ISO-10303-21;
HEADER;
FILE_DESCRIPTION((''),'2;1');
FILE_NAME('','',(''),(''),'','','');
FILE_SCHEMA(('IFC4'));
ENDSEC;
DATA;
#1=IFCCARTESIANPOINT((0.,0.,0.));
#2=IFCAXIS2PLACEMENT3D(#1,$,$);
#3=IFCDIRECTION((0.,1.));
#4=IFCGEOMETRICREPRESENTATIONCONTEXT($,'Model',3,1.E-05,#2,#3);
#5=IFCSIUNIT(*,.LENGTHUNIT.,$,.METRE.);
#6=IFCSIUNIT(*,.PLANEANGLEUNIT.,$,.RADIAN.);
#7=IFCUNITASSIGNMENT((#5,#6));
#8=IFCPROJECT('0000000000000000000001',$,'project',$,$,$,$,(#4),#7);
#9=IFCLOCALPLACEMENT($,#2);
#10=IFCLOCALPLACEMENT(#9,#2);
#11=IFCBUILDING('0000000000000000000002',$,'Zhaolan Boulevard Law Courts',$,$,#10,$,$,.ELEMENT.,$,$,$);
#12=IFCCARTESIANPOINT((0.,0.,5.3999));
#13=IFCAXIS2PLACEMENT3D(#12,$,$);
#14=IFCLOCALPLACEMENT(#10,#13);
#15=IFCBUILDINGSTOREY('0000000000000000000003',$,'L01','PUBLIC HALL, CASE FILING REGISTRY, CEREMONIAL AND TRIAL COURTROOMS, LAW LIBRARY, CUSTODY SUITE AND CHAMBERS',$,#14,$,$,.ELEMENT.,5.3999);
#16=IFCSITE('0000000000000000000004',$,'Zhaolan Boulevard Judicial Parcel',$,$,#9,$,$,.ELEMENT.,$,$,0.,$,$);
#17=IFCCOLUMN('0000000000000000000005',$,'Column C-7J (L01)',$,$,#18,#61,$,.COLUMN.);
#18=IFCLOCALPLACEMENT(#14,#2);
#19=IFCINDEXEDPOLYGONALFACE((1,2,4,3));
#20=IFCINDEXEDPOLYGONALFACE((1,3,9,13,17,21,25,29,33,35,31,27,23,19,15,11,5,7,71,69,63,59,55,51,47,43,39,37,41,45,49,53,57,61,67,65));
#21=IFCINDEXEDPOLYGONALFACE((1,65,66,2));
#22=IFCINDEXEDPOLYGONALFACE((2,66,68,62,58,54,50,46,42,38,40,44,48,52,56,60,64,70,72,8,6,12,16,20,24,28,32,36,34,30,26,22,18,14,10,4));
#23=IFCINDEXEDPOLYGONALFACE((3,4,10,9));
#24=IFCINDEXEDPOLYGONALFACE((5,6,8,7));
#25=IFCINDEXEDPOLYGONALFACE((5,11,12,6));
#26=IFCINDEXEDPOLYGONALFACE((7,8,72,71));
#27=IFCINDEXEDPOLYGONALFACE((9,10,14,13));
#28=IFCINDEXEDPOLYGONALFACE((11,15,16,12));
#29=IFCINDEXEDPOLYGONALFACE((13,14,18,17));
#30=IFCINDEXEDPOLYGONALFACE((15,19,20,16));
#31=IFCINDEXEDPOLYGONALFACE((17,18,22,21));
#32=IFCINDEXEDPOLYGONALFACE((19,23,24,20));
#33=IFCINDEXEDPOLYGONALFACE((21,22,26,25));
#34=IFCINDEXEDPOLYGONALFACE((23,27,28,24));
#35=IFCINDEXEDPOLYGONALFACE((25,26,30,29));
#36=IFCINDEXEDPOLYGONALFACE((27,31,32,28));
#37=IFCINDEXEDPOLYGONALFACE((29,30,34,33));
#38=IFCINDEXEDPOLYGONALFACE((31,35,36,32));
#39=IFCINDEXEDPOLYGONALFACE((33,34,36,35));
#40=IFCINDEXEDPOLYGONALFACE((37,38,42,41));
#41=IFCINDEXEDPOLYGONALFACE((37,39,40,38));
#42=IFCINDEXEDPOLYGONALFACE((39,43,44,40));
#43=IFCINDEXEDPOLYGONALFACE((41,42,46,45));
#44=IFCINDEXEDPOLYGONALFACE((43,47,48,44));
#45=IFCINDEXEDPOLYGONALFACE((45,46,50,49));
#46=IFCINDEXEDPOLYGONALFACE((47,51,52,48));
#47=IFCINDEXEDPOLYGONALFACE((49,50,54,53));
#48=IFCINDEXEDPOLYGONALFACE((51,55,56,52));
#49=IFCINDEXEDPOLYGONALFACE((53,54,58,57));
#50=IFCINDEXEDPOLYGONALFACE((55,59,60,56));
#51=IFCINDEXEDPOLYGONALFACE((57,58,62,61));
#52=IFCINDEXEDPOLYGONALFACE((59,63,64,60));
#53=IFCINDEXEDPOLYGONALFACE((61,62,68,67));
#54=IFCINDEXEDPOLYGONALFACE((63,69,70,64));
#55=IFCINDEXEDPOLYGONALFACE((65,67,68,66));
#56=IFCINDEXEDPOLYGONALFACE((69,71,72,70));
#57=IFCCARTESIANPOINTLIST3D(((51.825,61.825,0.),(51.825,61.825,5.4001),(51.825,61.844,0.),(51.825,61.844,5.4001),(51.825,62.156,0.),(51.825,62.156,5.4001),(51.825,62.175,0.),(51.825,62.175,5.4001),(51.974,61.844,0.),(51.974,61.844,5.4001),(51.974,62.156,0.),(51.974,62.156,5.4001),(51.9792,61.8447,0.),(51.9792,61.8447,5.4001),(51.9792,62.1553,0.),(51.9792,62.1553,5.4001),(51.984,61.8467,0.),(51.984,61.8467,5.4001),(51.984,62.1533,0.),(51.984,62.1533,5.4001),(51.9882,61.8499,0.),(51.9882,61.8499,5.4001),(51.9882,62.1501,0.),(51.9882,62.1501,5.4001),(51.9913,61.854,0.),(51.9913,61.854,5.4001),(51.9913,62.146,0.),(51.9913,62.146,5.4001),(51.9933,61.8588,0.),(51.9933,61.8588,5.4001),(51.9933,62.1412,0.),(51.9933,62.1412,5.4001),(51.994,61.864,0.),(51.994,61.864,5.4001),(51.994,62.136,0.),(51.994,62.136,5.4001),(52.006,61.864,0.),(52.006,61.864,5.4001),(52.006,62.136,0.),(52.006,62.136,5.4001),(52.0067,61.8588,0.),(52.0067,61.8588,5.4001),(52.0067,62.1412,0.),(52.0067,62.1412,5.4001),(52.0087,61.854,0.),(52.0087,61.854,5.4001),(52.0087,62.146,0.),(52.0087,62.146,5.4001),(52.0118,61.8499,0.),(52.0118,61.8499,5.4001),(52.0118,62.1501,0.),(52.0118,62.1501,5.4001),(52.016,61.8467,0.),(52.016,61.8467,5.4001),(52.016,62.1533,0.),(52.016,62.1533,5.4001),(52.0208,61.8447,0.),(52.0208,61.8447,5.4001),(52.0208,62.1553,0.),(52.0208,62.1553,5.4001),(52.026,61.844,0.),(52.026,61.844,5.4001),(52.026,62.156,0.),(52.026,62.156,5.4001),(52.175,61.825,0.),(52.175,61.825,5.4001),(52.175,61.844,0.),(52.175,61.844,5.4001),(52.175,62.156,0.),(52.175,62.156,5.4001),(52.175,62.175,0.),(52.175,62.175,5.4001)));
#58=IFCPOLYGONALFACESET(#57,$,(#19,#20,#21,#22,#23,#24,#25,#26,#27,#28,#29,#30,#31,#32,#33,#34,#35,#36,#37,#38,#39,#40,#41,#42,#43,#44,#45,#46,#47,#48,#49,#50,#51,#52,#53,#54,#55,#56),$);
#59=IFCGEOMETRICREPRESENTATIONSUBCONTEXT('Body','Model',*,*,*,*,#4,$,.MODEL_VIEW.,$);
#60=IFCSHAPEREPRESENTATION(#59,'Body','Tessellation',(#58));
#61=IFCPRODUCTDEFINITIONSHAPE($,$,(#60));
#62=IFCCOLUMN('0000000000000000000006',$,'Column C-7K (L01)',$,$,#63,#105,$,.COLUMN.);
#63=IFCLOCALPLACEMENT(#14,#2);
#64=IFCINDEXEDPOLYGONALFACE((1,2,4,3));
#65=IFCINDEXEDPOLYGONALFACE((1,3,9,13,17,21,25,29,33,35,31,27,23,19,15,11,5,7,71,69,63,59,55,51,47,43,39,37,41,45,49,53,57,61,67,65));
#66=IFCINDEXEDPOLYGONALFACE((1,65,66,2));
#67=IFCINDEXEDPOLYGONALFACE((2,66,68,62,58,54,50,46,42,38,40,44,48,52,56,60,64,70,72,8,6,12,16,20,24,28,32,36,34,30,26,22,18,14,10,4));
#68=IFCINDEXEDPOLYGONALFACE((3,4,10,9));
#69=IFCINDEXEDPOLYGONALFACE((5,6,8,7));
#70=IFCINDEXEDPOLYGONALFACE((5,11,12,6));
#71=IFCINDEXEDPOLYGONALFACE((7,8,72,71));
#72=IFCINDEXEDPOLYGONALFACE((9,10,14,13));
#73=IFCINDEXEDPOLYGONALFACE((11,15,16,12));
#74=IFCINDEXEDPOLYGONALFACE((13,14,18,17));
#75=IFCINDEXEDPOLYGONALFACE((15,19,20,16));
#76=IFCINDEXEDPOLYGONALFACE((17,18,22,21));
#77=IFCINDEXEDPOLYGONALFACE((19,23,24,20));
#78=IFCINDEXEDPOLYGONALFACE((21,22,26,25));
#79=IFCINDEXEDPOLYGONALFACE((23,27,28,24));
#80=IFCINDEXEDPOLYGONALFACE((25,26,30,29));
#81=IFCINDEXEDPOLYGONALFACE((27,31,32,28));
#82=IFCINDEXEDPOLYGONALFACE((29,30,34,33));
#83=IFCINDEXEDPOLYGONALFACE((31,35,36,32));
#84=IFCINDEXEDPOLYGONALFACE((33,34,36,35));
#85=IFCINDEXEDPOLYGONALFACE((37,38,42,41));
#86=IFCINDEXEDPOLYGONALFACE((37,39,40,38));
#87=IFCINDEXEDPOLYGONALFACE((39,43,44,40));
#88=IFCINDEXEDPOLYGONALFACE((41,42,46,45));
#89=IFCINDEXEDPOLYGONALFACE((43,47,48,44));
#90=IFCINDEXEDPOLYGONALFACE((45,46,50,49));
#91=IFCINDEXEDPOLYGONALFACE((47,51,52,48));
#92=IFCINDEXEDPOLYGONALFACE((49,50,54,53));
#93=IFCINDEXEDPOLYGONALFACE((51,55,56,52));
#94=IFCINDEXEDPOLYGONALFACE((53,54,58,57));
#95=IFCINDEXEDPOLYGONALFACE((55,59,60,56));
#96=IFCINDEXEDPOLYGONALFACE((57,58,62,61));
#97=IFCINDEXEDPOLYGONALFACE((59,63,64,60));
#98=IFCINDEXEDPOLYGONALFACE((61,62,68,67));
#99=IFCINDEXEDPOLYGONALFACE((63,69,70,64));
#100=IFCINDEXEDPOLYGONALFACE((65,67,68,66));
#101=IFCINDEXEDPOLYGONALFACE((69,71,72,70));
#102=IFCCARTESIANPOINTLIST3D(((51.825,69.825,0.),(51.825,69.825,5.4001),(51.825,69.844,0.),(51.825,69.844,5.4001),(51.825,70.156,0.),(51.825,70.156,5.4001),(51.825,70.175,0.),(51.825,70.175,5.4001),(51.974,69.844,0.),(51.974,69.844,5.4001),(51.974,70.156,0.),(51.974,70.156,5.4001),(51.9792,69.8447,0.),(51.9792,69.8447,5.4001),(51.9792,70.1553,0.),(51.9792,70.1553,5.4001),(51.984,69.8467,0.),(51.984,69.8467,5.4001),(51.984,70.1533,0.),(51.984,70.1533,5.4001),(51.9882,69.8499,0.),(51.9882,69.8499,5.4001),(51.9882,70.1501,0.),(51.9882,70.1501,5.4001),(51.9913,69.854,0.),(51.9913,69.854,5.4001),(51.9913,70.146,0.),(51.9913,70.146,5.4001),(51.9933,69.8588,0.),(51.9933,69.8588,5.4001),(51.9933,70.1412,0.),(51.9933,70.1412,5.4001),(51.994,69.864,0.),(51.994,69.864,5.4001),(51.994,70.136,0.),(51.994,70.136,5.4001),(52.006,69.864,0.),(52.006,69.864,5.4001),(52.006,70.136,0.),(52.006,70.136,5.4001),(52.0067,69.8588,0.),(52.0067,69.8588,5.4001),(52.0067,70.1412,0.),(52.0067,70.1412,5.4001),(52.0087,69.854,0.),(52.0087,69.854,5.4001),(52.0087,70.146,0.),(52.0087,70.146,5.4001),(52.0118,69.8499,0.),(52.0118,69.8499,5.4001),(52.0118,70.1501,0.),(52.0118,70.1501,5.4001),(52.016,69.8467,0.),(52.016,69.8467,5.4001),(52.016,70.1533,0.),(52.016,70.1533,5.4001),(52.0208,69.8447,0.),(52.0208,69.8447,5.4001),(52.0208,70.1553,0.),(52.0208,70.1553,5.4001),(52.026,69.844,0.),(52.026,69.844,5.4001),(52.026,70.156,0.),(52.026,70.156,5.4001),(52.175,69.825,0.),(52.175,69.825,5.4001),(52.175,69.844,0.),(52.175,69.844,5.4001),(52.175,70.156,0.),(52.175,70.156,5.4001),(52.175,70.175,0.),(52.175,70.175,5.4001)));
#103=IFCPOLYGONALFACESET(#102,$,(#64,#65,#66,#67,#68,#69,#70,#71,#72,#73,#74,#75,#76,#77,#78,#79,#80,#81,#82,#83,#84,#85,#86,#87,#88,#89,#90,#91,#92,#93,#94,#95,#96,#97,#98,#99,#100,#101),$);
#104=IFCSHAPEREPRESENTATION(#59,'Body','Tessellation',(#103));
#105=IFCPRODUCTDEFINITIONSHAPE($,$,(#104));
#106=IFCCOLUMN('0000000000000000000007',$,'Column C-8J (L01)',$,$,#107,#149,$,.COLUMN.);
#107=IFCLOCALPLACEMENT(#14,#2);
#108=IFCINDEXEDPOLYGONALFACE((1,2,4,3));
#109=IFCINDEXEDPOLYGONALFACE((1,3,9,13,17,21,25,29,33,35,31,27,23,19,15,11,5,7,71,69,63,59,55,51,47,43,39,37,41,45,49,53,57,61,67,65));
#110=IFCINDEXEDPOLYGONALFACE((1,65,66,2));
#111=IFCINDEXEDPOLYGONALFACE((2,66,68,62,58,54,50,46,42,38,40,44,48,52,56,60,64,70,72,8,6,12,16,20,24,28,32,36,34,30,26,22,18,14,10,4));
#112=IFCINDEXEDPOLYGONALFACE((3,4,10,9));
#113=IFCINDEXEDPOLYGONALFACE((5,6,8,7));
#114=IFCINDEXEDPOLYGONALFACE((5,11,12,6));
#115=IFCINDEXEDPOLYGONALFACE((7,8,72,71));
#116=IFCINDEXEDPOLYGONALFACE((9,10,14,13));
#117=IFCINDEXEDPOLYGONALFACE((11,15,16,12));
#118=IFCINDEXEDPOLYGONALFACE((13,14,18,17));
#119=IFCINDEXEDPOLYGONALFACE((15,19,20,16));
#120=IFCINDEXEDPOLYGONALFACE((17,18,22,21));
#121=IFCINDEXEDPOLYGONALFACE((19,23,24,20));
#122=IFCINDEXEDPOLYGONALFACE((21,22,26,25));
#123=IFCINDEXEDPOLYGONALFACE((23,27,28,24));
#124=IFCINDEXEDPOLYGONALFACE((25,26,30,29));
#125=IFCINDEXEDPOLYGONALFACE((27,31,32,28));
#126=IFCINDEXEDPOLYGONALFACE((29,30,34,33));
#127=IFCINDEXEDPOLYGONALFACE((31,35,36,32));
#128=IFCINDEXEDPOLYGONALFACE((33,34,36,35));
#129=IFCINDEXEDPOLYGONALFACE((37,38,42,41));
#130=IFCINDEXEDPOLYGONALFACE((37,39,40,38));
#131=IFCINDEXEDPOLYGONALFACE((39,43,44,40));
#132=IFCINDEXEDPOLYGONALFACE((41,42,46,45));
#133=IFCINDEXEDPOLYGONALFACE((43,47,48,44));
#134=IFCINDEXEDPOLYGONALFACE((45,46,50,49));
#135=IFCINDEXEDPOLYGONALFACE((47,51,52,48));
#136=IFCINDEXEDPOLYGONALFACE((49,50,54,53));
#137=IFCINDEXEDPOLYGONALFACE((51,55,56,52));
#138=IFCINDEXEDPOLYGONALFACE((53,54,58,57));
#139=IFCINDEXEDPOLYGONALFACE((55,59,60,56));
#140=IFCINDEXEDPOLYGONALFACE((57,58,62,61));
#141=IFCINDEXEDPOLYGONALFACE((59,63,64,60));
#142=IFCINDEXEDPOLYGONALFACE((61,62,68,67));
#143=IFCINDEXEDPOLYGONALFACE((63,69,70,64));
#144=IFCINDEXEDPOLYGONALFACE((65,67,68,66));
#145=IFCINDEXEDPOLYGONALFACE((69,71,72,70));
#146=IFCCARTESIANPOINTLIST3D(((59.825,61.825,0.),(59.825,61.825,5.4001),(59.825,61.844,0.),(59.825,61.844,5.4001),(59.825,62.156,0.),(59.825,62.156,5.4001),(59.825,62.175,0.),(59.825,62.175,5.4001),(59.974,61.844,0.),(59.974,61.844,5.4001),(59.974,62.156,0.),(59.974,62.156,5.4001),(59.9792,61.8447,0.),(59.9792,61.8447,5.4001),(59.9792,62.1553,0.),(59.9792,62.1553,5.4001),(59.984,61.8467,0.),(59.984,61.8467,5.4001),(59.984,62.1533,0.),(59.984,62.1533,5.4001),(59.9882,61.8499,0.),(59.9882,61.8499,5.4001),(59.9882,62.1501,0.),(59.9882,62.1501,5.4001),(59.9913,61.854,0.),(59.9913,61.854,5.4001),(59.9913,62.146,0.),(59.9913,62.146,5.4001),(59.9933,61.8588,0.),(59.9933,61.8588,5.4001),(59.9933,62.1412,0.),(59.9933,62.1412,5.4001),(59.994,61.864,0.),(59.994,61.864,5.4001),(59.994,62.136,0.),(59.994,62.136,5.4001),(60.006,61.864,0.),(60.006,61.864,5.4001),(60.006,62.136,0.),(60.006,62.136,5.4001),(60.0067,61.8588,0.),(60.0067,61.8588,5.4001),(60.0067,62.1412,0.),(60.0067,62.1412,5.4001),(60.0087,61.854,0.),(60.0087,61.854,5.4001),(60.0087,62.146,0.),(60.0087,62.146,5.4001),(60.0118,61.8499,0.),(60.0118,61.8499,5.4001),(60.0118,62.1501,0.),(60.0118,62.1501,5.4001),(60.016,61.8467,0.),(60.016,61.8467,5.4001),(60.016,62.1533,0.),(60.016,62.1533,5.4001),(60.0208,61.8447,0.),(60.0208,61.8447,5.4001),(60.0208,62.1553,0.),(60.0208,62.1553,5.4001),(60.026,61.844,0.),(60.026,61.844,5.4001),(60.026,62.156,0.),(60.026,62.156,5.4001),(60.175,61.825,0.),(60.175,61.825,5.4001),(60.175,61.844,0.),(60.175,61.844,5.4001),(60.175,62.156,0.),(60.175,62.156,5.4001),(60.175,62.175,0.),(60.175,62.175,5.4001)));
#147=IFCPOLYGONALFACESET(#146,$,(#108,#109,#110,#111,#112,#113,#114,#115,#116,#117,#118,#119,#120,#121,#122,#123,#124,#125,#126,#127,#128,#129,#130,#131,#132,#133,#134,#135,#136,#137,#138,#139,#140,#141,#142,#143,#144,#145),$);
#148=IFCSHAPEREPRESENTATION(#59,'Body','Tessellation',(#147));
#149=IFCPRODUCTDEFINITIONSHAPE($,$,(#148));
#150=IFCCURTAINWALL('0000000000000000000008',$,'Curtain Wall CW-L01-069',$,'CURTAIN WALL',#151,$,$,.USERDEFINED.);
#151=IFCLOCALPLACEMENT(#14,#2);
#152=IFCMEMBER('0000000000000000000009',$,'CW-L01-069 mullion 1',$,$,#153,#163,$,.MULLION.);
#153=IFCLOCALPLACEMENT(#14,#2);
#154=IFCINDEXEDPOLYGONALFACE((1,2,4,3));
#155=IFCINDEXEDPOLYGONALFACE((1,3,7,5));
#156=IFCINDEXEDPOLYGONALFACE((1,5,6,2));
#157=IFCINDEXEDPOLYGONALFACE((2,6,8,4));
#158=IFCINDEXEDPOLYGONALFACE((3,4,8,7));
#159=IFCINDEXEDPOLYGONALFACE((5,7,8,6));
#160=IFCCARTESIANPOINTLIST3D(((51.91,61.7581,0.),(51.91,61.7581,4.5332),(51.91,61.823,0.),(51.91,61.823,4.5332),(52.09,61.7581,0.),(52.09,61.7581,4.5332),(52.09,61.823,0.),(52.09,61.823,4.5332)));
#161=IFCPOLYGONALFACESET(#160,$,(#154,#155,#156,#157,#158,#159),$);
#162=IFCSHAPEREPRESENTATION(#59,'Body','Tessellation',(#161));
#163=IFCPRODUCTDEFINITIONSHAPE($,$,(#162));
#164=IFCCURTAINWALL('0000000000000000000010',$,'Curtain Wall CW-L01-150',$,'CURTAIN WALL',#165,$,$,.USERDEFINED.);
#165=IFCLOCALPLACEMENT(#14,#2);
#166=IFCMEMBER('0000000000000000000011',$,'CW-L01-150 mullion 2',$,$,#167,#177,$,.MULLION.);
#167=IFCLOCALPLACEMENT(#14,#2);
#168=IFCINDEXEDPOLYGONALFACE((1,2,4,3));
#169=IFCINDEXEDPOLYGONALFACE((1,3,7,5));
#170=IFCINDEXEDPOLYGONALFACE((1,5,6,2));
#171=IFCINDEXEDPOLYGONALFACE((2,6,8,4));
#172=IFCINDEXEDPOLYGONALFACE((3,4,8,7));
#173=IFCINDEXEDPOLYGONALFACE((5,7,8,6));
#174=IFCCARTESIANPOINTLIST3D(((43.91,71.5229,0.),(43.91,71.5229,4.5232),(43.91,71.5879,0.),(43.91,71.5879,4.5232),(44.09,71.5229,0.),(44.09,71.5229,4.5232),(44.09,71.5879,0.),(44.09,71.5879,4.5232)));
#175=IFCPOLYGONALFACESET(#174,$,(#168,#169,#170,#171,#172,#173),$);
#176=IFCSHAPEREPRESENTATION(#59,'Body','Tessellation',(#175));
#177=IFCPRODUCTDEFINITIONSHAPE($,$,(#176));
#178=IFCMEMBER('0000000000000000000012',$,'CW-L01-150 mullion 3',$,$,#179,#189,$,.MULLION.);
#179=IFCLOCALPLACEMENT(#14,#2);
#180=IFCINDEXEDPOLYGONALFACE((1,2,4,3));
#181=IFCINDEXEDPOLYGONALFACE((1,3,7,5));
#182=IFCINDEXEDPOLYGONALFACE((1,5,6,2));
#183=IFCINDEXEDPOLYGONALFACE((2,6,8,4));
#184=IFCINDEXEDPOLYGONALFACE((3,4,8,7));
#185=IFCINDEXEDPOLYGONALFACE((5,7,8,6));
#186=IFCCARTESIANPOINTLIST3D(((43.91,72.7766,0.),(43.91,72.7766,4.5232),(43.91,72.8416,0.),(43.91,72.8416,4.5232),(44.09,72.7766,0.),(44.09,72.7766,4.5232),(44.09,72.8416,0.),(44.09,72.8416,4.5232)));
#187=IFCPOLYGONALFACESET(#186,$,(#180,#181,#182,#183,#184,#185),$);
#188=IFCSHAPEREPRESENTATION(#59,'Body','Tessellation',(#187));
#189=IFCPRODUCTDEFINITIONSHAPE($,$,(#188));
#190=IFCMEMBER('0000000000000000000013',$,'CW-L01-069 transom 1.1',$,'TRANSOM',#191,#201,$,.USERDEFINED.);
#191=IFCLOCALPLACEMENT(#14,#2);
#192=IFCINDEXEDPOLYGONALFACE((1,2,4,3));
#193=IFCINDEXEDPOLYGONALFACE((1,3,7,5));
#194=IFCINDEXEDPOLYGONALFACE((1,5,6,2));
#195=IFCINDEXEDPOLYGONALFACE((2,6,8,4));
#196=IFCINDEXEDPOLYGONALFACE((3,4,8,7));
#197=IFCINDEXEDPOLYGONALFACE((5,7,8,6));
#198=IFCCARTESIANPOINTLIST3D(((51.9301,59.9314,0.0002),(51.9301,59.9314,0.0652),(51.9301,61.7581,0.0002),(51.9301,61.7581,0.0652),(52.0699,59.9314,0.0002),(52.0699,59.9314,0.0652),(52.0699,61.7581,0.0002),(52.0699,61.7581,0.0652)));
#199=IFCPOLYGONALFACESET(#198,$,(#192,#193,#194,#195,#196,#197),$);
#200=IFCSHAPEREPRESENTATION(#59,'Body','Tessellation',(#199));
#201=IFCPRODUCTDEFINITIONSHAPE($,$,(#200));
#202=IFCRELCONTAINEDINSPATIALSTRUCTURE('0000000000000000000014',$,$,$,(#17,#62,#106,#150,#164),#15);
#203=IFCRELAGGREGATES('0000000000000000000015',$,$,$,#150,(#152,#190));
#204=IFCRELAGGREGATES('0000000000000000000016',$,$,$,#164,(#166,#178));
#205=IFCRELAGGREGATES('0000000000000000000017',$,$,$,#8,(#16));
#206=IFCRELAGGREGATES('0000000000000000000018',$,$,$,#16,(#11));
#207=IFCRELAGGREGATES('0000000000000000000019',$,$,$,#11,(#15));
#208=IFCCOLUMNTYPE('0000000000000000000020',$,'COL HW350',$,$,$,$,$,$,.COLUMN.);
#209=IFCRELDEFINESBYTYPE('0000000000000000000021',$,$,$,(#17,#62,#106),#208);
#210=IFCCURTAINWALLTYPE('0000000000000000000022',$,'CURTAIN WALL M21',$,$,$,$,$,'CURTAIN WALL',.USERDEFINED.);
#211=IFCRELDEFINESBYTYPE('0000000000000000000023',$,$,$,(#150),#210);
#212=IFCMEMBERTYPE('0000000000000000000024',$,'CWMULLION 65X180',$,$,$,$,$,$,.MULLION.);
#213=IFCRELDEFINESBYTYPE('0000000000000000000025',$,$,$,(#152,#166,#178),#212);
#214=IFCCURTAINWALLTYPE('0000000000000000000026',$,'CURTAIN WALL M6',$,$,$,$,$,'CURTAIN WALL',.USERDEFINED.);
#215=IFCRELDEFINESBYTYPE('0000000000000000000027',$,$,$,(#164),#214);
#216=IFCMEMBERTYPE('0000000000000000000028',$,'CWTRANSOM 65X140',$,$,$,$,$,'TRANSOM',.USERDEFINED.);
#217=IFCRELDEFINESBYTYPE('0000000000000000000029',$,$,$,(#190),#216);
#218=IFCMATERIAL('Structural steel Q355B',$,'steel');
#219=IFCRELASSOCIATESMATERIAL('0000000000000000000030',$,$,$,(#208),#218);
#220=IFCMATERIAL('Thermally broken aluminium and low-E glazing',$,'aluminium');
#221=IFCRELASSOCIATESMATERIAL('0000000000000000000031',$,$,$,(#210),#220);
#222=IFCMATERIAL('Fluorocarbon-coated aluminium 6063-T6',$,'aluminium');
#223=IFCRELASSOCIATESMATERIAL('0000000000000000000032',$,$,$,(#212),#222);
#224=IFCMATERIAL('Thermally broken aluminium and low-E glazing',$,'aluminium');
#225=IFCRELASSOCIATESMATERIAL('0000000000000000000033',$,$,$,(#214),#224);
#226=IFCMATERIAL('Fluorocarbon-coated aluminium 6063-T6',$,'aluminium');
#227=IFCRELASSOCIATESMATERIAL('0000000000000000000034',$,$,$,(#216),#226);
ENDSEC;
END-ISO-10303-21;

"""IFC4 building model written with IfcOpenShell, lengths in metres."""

from ifc_helpers import new_model, si_unit, direction, frame, origin, origin_2d, place, context, subcontext, project, spatial, rectangle, i_section, extrude, material, material_profile, profile_set, type_object, element, aggregate, save


model = new_model("IFC4")

# Units and contexts
model_context = context("Model", 3, precision=1e-05, world=origin(), true_north=direction((0.0, 1.0)))
body_context = subcontext(model_context, "Body", "Model", "MODEL_VIEW")
ifc_project = project(units=[si_unit("LENGTHUNIT", "METRE"), si_unit("PLANEANGLEUNIT", "RADIAN")], contexts=[model_context])

# Site, building, storey
site_placement = place(None, origin())
site = spatial("IfcSite", under=ifc_project, at=site_placement, Name="Zhaolan Boulevard Judicial Parcel", CompositionType="ELEMENT", RefElevation=0.0)
building_placement = place(site_placement, origin())
building = spatial("IfcBuilding", under=site, at=building_placement, Name="Zhaolan Boulevard Law Courts", CompositionType="ELEMENT")
storey_placement = place(building_placement, frame((0.0, 0.0, 5.3999)))
storey = spatial("IfcBuildingStorey", under=building, at=storey_placement, Name="L01", Description="PUBLIC HALL, CASE FILING REGISTRY, CEREMONIAL AND TRIAL COURTROOMS, LAW LIBRARY, CUSTODY SUITE AND CHAMBERS", CompositionType="ELEMENT", Elevation=5.3999)

# Columns
ifc_material_1 = material(Name="Structural steel Q355B", Category="steel")
ifc_material_profile_1 = material_profile(ifc_material_1, i_section(OverallWidth=0.3501, OverallDepth=0.3501, WebThickness=0.012, FlangeThickness=0.019, FilletRadius=0.02, at=origin_2d()), Name="HW350x350")
ifc_profile_set_1 = profile_set([ifc_material_profile_1], Name="Structural steel Q355B")
column_type = type_object("IfcColumnType", Name="COL HW350", PredefinedType="COLUMN", material=ifc_profile_set_1)
for number, where, z_axis, x_axis, name in (
    (1, (52.0, 62.0, 0.0), (0.0, 0.0, 1.0), (1.0, 0.0, 0.0), "Column C-7J (L01)"),
    (2, (52.0, 70.0, 0.0), (0.0, 0.0, 1.0), (1.0, 0.0, 0.0), "Column C-7K (L01)"),
    (3, (60.0, 62.0, 0.0), (0.0, 0.0, 1.0), (1.0, 0.0, 0.0), "Column C-8J (L01)"),
):
    element("IfcColumn", number, at=place(storey_placement, frame(where, z_axis=z_axis, x_axis=x_axis)), inside=storey, type_object=column_type, Name=name, PredefinedType="COLUMN", context=body_context, shape_type="SweptSolid", body=[
        extrude(i_section(OverallWidth=0.3501, OverallDepth=0.3501, WebThickness=0.012, FlangeThickness=0.019, FilletRadius=0.02, at=origin_2d()), origin(), (0.0, 0.0, 1.0), 5.4001),
    ])

# Curtain wall, member
ifc_material_2 = material(Name="Thermally broken aluminium and low-E glazing", Category="aluminium")
curtain_wall_type_1 = type_object("IfcCurtainWallType", Name="CURTAIN WALL M21", ElementType="CURTAIN WALL", PredefinedType="USERDEFINED", material=ifc_material_2)
curtain_wall_1_placement = place(storey_placement, origin())
curtain_wall_1 = element("IfcCurtainWall", 4, at=curtain_wall_1_placement, inside=storey, type_object=curtain_wall_type_1, Name="Curtain Wall CW-L01-069", ObjectType="CURTAIN WALL", PredefinedType="USERDEFINED")
ifc_material_3 = material(Name="Fluorocarbon-coated aluminium 6063-T6", Category="aluminium")
ifc_material_profile_2 = material_profile(ifc_material_3, rectangle(XDim=0.1799, YDim=0.0649, at=origin_2d()), Name="AL65x180")
ifc_profile_set_2 = profile_set([ifc_material_profile_2], Name="Fluorocarbon-coated aluminium 6063-T6")
member_type_1 = type_object("IfcMemberType", Name="CWMULLION 65X180", PredefinedType="MULLION", material=ifc_profile_set_2)
member_1_placement = place(storey_placement, frame((52.0, 61.7905, 0.0), z_axis=(0.0, 0.0, 1.0), x_axis=(1.0, 0.0, 0.0)))
member_1 = element("IfcMember", 5, at=member_1_placement, type_object=member_type_1, Name="CW-L01-069 mullion 1", PredefinedType="MULLION", context=body_context, shape_type="SweptSolid", body=[
    extrude(rectangle(XDim=0.1799, YDim=0.0649, at=origin_2d()), origin(), (0.0, 0.0, 1.0), 4.5332),
])

# Curtain wall, members
ifc_material_4 = material(Name="Thermally broken aluminium and low-E glazing", Category="aluminium")
curtain_wall_type_2 = type_object("IfcCurtainWallType", Name="CURTAIN WALL M6", ElementType="CURTAIN WALL", PredefinedType="USERDEFINED", material=ifc_material_4)
curtain_wall_2_placement = place(storey_placement, origin())
curtain_wall_2 = element("IfcCurtainWall", 6, at=curtain_wall_2_placement, inside=storey, type_object=curtain_wall_type_2, Name="Curtain Wall CW-L01-150", ObjectType="CURTAIN WALL", PredefinedType="USERDEFINED")
member_2_placement = place(storey_placement, frame((44.0, 71.5554, 0.0), z_axis=(0.0, 0.0, 1.0), x_axis=(-1.0, 0.0, 0.0)))
member_2 = element("IfcMember", 7, at=member_2_placement, type_object=member_type_1, Name="CW-L01-150 mullion 2", PredefinedType="MULLION", context=body_context, shape_type="SweptSolid", body=[
    extrude(rectangle(XDim=0.1799, YDim=0.0649, at=origin_2d()), origin(), (0.0, 0.0, 1.0), 4.5232),
])
member_3_placement = place(storey_placement, frame((44.0, 72.8091, 0.0), z_axis=(0.0, 0.0, 1.0), x_axis=(-1.0, 0.0, 0.0)))
member_3 = element("IfcMember", 8, at=member_3_placement, type_object=member_type_1, Name="CW-L01-150 mullion 3", PredefinedType="MULLION", context=body_context, shape_type="SweptSolid", body=[
    extrude(rectangle(XDim=0.1799, YDim=0.0649, at=origin_2d()), origin(), (0.0, 0.0, 1.0), 4.5232),
])

# Member
ifc_material_5 = material(Name="Fluorocarbon-coated aluminium 6063-T6", Category="aluminium")
ifc_material_profile_3 = material_profile(ifc_material_5, rectangle(XDim=0.1399, YDim=0.0649, at=origin_2d()), Name="AL65x140")
ifc_profile_set_3 = profile_set([ifc_material_profile_3], Name="Fluorocarbon-coated aluminium 6063-T6")
member_type_2 = type_object("IfcMemberType", Name="CWTRANSOM 65X140", ElementType="TRANSOM", PredefinedType="USERDEFINED", material=ifc_profile_set_3)
member_4_placement = place(storey_placement, frame((52.0, 61.7581, 0.0327), z_axis=(0.0, -1.0, 0.0), x_axis=(1.0, 0.0, 0.0)))
member_4 = element("IfcMember", 9, at=member_4_placement, type_object=member_type_2, Name="CW-L01-069 transom 1.1", ObjectType="TRANSOM", PredefinedType="USERDEFINED", context=body_context, shape_type="SweptSolid", body=[
    extrude(rectangle(XDim=0.1399, YDim=0.0649, at=origin_2d()), origin(), (0.0, 0.0, 1.0), 1.8267),
])

aggregate(curtain_wall_1, [member_1, member_4])
aggregate(curtain_wall_2, [member_2, member_3])

save(model, "model.ifc")
